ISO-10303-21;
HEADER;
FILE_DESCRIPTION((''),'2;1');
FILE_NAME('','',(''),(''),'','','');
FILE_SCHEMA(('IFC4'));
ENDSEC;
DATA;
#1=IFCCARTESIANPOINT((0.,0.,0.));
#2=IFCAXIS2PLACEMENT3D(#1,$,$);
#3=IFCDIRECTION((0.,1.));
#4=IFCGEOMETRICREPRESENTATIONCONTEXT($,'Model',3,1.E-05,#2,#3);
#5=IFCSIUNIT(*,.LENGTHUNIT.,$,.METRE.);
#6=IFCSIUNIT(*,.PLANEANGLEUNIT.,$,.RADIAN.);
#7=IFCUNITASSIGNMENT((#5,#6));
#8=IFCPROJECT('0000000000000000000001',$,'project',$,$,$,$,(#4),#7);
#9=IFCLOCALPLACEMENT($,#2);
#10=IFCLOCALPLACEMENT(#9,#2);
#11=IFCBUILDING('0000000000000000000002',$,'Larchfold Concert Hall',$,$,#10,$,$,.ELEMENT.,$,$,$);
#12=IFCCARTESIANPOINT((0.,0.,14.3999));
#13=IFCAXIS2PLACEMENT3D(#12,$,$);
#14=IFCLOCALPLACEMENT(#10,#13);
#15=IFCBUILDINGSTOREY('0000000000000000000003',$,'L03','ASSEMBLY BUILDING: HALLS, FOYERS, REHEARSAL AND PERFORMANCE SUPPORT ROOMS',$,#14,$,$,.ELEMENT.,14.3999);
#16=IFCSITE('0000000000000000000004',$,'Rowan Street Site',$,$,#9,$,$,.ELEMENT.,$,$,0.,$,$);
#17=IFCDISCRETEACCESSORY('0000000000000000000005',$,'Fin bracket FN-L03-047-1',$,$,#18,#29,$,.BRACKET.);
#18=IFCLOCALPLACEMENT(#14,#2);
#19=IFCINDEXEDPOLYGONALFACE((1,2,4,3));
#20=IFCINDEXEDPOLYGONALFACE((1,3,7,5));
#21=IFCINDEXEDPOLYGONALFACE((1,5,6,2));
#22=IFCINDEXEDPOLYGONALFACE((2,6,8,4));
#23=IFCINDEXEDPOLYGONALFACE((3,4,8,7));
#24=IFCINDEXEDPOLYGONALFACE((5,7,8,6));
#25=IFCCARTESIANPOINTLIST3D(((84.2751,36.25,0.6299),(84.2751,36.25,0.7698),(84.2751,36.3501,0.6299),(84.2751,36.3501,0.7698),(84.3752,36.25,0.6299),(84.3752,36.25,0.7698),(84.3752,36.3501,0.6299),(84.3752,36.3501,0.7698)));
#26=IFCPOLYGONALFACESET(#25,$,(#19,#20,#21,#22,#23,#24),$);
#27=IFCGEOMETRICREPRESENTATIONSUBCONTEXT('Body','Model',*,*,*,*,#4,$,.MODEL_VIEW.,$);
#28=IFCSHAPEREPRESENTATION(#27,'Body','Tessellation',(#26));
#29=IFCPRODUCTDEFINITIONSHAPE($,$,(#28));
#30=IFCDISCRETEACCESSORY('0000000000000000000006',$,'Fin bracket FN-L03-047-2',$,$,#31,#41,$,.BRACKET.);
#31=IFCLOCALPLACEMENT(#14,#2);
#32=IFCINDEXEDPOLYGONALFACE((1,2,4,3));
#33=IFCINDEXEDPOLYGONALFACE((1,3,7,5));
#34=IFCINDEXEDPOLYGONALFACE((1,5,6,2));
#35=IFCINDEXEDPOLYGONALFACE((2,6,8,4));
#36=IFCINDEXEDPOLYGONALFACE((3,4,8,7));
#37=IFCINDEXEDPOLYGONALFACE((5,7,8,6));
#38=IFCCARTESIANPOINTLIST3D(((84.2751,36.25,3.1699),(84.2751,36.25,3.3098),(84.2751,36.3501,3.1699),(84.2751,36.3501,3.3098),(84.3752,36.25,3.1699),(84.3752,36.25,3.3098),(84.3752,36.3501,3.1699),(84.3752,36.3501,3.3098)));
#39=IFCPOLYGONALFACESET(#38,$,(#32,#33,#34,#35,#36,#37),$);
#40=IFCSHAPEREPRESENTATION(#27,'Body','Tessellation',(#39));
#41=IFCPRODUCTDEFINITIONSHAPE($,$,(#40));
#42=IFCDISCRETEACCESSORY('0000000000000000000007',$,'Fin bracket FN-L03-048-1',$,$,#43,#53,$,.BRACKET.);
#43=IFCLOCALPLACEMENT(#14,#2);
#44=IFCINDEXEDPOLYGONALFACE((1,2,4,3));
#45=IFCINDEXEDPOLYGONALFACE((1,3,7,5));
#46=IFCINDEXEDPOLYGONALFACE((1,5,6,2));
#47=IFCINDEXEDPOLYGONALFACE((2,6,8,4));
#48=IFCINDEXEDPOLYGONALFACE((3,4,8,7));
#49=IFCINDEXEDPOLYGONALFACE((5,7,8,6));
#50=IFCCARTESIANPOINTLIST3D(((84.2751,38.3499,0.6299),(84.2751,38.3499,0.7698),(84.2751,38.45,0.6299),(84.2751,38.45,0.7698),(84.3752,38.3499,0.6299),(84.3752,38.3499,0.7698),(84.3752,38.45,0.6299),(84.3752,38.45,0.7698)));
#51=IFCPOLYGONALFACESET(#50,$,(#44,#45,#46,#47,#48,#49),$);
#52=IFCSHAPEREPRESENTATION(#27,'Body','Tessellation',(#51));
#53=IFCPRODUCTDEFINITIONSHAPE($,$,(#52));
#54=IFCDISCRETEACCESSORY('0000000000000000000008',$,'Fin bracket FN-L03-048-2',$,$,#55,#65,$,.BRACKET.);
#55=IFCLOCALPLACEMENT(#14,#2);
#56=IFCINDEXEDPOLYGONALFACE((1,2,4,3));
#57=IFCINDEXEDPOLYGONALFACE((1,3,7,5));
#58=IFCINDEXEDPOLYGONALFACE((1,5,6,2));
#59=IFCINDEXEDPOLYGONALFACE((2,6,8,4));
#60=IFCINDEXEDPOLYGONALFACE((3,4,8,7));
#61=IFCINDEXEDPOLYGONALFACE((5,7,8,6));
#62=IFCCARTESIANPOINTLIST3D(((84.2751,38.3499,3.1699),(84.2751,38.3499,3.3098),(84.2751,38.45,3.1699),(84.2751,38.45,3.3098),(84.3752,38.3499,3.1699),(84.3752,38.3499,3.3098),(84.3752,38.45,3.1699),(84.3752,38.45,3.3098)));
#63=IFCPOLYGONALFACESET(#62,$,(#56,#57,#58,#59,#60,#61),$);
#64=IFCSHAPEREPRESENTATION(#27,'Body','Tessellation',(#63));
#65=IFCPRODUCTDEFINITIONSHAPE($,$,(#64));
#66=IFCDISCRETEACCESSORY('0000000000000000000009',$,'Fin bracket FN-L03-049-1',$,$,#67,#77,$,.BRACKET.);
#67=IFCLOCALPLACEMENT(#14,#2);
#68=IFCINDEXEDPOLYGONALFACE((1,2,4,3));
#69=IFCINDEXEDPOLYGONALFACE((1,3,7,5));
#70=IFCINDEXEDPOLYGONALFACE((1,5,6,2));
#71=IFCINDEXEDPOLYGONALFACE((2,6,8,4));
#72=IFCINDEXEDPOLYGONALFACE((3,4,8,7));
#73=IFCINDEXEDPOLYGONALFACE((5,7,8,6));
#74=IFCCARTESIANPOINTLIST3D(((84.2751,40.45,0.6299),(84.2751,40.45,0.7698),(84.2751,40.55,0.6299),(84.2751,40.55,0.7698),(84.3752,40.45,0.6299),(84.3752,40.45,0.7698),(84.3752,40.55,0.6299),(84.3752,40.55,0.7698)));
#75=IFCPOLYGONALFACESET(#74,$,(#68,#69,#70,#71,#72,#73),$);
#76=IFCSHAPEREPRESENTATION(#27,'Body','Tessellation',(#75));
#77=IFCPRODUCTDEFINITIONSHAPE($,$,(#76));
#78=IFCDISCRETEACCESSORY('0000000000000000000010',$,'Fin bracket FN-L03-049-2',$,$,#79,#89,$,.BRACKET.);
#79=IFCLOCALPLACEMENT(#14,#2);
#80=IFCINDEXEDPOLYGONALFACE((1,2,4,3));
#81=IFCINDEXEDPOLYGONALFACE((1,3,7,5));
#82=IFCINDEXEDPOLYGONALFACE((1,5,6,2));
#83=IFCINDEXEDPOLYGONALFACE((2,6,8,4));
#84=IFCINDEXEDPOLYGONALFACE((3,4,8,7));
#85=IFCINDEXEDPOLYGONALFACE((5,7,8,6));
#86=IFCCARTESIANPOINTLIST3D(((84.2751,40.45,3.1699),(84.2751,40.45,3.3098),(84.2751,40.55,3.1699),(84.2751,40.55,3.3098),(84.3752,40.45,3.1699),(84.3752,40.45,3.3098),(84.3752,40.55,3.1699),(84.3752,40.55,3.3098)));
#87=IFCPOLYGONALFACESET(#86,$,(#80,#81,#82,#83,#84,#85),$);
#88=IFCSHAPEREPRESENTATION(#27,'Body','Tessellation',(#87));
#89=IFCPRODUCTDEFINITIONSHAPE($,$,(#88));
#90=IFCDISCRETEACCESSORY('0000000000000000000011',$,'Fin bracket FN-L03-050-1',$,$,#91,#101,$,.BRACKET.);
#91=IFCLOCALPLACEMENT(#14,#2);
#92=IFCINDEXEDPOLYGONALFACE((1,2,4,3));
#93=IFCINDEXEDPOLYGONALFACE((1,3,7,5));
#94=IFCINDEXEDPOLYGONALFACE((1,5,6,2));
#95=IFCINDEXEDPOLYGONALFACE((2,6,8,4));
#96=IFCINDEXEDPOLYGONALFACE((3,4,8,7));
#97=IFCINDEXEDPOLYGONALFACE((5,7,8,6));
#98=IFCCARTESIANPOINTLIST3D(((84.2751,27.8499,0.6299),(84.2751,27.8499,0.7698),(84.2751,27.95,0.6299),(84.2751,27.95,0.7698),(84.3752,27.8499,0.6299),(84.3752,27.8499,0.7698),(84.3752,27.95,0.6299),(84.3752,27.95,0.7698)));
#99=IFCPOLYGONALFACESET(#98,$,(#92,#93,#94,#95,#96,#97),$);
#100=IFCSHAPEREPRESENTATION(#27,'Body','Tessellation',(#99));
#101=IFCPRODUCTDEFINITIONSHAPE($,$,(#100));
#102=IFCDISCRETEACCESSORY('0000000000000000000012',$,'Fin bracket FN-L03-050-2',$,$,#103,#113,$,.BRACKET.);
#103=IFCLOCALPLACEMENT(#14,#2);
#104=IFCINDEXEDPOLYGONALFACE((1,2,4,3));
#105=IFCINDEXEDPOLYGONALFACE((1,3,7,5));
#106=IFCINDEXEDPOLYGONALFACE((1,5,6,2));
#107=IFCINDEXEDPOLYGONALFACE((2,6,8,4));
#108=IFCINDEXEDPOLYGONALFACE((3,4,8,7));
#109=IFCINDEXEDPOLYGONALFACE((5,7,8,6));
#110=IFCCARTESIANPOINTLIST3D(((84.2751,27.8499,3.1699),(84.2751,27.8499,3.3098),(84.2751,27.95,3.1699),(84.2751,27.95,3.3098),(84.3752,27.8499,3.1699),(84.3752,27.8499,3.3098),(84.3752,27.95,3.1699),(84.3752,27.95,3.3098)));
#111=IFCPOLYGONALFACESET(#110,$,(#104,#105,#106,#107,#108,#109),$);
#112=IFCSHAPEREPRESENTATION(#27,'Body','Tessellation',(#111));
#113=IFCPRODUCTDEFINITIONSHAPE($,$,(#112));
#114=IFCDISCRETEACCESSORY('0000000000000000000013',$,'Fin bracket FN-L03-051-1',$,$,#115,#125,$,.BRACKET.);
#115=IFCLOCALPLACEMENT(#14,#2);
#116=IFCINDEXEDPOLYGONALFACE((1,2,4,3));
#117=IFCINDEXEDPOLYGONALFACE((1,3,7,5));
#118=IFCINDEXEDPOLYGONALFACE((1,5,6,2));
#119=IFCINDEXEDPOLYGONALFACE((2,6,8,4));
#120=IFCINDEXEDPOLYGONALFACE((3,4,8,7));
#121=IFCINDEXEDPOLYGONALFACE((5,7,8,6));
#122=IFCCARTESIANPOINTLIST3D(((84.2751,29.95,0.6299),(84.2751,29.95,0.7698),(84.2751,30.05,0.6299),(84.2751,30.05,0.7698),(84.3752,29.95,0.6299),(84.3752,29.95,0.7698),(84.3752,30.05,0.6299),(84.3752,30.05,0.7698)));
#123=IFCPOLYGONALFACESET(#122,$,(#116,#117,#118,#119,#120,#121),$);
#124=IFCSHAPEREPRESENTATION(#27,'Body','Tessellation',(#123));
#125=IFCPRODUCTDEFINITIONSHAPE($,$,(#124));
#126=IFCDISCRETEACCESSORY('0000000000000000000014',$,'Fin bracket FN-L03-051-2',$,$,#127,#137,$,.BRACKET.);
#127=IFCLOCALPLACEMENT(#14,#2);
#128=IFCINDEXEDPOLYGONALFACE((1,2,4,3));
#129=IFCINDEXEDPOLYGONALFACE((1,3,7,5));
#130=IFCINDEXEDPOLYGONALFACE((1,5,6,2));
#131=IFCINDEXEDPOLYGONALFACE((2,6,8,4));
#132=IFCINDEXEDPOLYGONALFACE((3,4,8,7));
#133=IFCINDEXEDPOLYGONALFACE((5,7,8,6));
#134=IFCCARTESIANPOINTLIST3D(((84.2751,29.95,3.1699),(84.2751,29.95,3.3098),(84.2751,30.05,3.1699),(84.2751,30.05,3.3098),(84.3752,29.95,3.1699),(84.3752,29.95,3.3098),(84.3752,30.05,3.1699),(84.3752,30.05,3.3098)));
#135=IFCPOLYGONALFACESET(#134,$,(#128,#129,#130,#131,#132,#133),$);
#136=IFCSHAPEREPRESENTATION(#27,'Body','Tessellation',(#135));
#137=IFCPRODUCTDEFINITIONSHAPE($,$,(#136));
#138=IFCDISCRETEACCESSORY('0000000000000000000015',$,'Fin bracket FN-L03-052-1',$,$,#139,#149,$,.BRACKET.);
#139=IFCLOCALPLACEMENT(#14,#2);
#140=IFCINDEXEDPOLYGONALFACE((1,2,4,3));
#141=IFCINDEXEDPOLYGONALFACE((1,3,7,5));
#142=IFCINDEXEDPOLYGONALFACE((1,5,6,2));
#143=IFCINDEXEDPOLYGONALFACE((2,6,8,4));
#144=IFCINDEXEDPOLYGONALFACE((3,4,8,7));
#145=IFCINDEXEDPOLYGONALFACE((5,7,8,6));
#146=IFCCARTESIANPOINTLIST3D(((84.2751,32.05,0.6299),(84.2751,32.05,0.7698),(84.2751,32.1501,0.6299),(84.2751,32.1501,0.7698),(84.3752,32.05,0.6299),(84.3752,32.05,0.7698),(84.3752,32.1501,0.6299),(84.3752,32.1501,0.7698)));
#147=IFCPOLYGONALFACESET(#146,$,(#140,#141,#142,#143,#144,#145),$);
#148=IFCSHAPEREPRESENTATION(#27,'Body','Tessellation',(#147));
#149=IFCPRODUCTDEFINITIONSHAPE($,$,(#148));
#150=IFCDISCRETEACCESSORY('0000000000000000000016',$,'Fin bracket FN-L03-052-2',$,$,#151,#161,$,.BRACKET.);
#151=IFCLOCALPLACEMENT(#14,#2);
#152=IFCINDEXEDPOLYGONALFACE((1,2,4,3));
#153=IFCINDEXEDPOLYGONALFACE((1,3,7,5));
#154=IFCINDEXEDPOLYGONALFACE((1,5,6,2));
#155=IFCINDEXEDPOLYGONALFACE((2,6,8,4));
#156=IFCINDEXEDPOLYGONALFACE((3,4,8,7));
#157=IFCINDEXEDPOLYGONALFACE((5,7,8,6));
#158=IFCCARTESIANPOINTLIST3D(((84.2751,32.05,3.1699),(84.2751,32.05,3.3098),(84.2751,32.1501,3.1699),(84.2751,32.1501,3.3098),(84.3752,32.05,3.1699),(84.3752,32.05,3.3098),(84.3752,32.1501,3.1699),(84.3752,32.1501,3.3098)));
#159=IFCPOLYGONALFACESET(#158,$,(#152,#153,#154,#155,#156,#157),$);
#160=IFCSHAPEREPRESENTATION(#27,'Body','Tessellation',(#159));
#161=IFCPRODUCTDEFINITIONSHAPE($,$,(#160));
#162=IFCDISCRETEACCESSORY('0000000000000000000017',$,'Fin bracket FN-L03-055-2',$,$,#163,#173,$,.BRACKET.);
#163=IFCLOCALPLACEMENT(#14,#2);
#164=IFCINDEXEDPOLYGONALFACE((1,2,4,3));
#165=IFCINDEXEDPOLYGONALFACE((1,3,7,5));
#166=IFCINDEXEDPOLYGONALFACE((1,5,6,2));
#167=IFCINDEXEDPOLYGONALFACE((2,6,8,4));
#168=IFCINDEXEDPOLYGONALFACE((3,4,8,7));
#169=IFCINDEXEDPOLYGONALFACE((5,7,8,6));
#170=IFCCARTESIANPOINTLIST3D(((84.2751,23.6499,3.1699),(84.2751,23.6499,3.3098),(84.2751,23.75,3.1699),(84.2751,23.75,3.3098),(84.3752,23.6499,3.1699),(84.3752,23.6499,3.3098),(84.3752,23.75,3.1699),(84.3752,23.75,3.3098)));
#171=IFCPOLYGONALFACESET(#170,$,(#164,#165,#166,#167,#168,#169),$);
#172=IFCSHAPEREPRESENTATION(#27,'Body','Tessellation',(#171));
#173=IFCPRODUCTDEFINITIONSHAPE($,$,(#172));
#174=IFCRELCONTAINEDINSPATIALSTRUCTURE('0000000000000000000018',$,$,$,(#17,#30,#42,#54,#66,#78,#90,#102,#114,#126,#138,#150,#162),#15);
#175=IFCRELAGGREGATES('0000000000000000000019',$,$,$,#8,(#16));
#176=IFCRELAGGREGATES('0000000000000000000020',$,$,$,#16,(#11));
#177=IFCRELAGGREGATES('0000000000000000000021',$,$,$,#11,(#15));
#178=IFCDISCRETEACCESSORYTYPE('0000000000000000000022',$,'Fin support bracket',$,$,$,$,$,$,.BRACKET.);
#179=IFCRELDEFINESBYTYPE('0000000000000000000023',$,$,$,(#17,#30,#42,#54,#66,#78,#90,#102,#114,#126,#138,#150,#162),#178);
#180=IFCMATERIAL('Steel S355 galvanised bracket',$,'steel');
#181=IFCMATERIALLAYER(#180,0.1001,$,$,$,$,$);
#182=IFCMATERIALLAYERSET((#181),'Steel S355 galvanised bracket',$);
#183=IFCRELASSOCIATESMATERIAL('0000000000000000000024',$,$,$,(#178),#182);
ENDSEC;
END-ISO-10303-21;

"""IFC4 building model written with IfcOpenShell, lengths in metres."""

from ifc_helpers import new_model, si_unit, direction, frame, origin, origin_2d, place, context, subcontext, project, spatial, rectangle, extrude, material, layer, layer_set, type_object, element, save


model = new_model("IFC4")

# Units and contexts
model_context = context("Model", 3, precision=1e-05, world=origin(), true_north=direction((0.0, 1.0)))
body_context = subcontext(model_context, "Body", "Model", "MODEL_VIEW")
ifc_project = project(units=[si_unit("LENGTHUNIT", "METRE"), si_unit("PLANEANGLEUNIT", "RADIAN")], contexts=[model_context])

# Site, building, storey
site_placement = place(None, origin())
site = spatial("IfcSite", under=ifc_project, at=site_placement, Name="Rowan Street Site", CompositionType="ELEMENT", RefElevation=0.0)
building_placement = place(site_placement, origin())
building = spatial("IfcBuilding", under=site, at=building_placement, Name="Larchfold Concert Hall", CompositionType="ELEMENT")
storey_placement = place(building_placement, frame((0.0, 0.0, 14.3999)))
storey = spatial("IfcBuildingStorey", under=building, at=storey_placement, Name="L03", Description="ASSEMBLY BUILDING: HALLS, FOYERS, REHEARSAL AND PERFORMANCE SUPPORT ROOMS", CompositionType="ELEMENT", Elevation=14.3999)

# Discrete accessories
ifc_material_1 = material(Name="Steel S355 galvanised bracket", Category="steel")
ifc_layer_1 = layer(ifc_material_1, 0.1001)
ifc_layer_set_1 = layer_set([ifc_layer_1], Name="Steel S355 galvanised bracket")
discrete_accessory_type = type_object("IfcDiscreteAccessoryType", Name="Fin support bracket", PredefinedType="BRACKET", material=ifc_layer_set_1)
for number, where, z_axis, x_axis, name in (
    (1, (84.3252, 36.3, 0.6299), (0.0, 0.0, 1.0), (-1.0, 0.0, 0.0), "Fin bracket FN-L03-047-1"),
    (2, (84.3252, 36.3, 3.1699), (0.0, 0.0, 1.0), (-1.0, 0.0, 0.0), "Fin bracket FN-L03-047-2"),
    (3, (84.3252, 38.3999, 0.6299), (0.0, 0.0, 1.0), (-1.0, 0.0, 0.0), "Fin bracket FN-L03-048-1"),
    (4, (84.3252, 38.3999, 3.1699), (0.0, 0.0, 1.0), (-1.0, 0.0, 0.0), "Fin bracket FN-L03-048-2"),
    (5, (84.3252, 40.5, 0.6299), (0.0, 0.0, 1.0), (-1.0, 0.0, 0.0), "Fin bracket FN-L03-049-1"),
    (6, (84.3252, 40.5, 3.1699), (0.0, 0.0, 1.0), (-1.0, 0.0, 0.0), "Fin bracket FN-L03-049-2"),
    (7, (84.3252, 27.8999, 0.6299), (0.0, 0.0, 1.0), (-1.0, 0.0, 0.0), "Fin bracket FN-L03-050-1"),
    (8, (84.3252, 27.8999, 3.1699), (0.0, 0.0, 1.0), (-1.0, 0.0, 0.0), "Fin bracket FN-L03-050-2"),
    (9, (84.3252, 30.0, 0.6299), (0.0, 0.0, 1.0), (-1.0, 0.0, 0.0), "Fin bracket FN-L03-051-1"),
    (10, (84.3252, 30.0, 3.1699), (0.0, 0.0, 1.0), (-1.0, 0.0, 0.0), "Fin bracket FN-L03-051-2"),
    (11, (84.3252, 32.1001, 0.6299), (0.0, 0.0, 1.0), (-1.0, 0.0, 0.0), "Fin bracket FN-L03-052-1"),
    (12, (84.3252, 32.1001, 3.1699), (0.0, 0.0, 1.0), (-1.0, 0.0, 0.0), "Fin bracket FN-L03-052-2"),
    (13, (84.3252, 23.7, 3.1699), (0.0, 0.0, 1.0), (-1.0, 0.0, 0.0), "Fin bracket FN-L03-055-2"),
):
    element("IfcDiscreteAccessory", number, at=place(storey_placement, frame(where, z_axis=z_axis, x_axis=x_axis)), inside=storey, type_object=discrete_accessory_type, Name=name, PredefinedType="BRACKET", context=body_context, shape_type="SweptSolid", body=[
        extrude(rectangle(XDim=0.1001, YDim=0.1001, at=origin_2d()), origin(), (0.0, 0.0, 1.0), 0.1399),
    ])

save(model, "model.ifc")
